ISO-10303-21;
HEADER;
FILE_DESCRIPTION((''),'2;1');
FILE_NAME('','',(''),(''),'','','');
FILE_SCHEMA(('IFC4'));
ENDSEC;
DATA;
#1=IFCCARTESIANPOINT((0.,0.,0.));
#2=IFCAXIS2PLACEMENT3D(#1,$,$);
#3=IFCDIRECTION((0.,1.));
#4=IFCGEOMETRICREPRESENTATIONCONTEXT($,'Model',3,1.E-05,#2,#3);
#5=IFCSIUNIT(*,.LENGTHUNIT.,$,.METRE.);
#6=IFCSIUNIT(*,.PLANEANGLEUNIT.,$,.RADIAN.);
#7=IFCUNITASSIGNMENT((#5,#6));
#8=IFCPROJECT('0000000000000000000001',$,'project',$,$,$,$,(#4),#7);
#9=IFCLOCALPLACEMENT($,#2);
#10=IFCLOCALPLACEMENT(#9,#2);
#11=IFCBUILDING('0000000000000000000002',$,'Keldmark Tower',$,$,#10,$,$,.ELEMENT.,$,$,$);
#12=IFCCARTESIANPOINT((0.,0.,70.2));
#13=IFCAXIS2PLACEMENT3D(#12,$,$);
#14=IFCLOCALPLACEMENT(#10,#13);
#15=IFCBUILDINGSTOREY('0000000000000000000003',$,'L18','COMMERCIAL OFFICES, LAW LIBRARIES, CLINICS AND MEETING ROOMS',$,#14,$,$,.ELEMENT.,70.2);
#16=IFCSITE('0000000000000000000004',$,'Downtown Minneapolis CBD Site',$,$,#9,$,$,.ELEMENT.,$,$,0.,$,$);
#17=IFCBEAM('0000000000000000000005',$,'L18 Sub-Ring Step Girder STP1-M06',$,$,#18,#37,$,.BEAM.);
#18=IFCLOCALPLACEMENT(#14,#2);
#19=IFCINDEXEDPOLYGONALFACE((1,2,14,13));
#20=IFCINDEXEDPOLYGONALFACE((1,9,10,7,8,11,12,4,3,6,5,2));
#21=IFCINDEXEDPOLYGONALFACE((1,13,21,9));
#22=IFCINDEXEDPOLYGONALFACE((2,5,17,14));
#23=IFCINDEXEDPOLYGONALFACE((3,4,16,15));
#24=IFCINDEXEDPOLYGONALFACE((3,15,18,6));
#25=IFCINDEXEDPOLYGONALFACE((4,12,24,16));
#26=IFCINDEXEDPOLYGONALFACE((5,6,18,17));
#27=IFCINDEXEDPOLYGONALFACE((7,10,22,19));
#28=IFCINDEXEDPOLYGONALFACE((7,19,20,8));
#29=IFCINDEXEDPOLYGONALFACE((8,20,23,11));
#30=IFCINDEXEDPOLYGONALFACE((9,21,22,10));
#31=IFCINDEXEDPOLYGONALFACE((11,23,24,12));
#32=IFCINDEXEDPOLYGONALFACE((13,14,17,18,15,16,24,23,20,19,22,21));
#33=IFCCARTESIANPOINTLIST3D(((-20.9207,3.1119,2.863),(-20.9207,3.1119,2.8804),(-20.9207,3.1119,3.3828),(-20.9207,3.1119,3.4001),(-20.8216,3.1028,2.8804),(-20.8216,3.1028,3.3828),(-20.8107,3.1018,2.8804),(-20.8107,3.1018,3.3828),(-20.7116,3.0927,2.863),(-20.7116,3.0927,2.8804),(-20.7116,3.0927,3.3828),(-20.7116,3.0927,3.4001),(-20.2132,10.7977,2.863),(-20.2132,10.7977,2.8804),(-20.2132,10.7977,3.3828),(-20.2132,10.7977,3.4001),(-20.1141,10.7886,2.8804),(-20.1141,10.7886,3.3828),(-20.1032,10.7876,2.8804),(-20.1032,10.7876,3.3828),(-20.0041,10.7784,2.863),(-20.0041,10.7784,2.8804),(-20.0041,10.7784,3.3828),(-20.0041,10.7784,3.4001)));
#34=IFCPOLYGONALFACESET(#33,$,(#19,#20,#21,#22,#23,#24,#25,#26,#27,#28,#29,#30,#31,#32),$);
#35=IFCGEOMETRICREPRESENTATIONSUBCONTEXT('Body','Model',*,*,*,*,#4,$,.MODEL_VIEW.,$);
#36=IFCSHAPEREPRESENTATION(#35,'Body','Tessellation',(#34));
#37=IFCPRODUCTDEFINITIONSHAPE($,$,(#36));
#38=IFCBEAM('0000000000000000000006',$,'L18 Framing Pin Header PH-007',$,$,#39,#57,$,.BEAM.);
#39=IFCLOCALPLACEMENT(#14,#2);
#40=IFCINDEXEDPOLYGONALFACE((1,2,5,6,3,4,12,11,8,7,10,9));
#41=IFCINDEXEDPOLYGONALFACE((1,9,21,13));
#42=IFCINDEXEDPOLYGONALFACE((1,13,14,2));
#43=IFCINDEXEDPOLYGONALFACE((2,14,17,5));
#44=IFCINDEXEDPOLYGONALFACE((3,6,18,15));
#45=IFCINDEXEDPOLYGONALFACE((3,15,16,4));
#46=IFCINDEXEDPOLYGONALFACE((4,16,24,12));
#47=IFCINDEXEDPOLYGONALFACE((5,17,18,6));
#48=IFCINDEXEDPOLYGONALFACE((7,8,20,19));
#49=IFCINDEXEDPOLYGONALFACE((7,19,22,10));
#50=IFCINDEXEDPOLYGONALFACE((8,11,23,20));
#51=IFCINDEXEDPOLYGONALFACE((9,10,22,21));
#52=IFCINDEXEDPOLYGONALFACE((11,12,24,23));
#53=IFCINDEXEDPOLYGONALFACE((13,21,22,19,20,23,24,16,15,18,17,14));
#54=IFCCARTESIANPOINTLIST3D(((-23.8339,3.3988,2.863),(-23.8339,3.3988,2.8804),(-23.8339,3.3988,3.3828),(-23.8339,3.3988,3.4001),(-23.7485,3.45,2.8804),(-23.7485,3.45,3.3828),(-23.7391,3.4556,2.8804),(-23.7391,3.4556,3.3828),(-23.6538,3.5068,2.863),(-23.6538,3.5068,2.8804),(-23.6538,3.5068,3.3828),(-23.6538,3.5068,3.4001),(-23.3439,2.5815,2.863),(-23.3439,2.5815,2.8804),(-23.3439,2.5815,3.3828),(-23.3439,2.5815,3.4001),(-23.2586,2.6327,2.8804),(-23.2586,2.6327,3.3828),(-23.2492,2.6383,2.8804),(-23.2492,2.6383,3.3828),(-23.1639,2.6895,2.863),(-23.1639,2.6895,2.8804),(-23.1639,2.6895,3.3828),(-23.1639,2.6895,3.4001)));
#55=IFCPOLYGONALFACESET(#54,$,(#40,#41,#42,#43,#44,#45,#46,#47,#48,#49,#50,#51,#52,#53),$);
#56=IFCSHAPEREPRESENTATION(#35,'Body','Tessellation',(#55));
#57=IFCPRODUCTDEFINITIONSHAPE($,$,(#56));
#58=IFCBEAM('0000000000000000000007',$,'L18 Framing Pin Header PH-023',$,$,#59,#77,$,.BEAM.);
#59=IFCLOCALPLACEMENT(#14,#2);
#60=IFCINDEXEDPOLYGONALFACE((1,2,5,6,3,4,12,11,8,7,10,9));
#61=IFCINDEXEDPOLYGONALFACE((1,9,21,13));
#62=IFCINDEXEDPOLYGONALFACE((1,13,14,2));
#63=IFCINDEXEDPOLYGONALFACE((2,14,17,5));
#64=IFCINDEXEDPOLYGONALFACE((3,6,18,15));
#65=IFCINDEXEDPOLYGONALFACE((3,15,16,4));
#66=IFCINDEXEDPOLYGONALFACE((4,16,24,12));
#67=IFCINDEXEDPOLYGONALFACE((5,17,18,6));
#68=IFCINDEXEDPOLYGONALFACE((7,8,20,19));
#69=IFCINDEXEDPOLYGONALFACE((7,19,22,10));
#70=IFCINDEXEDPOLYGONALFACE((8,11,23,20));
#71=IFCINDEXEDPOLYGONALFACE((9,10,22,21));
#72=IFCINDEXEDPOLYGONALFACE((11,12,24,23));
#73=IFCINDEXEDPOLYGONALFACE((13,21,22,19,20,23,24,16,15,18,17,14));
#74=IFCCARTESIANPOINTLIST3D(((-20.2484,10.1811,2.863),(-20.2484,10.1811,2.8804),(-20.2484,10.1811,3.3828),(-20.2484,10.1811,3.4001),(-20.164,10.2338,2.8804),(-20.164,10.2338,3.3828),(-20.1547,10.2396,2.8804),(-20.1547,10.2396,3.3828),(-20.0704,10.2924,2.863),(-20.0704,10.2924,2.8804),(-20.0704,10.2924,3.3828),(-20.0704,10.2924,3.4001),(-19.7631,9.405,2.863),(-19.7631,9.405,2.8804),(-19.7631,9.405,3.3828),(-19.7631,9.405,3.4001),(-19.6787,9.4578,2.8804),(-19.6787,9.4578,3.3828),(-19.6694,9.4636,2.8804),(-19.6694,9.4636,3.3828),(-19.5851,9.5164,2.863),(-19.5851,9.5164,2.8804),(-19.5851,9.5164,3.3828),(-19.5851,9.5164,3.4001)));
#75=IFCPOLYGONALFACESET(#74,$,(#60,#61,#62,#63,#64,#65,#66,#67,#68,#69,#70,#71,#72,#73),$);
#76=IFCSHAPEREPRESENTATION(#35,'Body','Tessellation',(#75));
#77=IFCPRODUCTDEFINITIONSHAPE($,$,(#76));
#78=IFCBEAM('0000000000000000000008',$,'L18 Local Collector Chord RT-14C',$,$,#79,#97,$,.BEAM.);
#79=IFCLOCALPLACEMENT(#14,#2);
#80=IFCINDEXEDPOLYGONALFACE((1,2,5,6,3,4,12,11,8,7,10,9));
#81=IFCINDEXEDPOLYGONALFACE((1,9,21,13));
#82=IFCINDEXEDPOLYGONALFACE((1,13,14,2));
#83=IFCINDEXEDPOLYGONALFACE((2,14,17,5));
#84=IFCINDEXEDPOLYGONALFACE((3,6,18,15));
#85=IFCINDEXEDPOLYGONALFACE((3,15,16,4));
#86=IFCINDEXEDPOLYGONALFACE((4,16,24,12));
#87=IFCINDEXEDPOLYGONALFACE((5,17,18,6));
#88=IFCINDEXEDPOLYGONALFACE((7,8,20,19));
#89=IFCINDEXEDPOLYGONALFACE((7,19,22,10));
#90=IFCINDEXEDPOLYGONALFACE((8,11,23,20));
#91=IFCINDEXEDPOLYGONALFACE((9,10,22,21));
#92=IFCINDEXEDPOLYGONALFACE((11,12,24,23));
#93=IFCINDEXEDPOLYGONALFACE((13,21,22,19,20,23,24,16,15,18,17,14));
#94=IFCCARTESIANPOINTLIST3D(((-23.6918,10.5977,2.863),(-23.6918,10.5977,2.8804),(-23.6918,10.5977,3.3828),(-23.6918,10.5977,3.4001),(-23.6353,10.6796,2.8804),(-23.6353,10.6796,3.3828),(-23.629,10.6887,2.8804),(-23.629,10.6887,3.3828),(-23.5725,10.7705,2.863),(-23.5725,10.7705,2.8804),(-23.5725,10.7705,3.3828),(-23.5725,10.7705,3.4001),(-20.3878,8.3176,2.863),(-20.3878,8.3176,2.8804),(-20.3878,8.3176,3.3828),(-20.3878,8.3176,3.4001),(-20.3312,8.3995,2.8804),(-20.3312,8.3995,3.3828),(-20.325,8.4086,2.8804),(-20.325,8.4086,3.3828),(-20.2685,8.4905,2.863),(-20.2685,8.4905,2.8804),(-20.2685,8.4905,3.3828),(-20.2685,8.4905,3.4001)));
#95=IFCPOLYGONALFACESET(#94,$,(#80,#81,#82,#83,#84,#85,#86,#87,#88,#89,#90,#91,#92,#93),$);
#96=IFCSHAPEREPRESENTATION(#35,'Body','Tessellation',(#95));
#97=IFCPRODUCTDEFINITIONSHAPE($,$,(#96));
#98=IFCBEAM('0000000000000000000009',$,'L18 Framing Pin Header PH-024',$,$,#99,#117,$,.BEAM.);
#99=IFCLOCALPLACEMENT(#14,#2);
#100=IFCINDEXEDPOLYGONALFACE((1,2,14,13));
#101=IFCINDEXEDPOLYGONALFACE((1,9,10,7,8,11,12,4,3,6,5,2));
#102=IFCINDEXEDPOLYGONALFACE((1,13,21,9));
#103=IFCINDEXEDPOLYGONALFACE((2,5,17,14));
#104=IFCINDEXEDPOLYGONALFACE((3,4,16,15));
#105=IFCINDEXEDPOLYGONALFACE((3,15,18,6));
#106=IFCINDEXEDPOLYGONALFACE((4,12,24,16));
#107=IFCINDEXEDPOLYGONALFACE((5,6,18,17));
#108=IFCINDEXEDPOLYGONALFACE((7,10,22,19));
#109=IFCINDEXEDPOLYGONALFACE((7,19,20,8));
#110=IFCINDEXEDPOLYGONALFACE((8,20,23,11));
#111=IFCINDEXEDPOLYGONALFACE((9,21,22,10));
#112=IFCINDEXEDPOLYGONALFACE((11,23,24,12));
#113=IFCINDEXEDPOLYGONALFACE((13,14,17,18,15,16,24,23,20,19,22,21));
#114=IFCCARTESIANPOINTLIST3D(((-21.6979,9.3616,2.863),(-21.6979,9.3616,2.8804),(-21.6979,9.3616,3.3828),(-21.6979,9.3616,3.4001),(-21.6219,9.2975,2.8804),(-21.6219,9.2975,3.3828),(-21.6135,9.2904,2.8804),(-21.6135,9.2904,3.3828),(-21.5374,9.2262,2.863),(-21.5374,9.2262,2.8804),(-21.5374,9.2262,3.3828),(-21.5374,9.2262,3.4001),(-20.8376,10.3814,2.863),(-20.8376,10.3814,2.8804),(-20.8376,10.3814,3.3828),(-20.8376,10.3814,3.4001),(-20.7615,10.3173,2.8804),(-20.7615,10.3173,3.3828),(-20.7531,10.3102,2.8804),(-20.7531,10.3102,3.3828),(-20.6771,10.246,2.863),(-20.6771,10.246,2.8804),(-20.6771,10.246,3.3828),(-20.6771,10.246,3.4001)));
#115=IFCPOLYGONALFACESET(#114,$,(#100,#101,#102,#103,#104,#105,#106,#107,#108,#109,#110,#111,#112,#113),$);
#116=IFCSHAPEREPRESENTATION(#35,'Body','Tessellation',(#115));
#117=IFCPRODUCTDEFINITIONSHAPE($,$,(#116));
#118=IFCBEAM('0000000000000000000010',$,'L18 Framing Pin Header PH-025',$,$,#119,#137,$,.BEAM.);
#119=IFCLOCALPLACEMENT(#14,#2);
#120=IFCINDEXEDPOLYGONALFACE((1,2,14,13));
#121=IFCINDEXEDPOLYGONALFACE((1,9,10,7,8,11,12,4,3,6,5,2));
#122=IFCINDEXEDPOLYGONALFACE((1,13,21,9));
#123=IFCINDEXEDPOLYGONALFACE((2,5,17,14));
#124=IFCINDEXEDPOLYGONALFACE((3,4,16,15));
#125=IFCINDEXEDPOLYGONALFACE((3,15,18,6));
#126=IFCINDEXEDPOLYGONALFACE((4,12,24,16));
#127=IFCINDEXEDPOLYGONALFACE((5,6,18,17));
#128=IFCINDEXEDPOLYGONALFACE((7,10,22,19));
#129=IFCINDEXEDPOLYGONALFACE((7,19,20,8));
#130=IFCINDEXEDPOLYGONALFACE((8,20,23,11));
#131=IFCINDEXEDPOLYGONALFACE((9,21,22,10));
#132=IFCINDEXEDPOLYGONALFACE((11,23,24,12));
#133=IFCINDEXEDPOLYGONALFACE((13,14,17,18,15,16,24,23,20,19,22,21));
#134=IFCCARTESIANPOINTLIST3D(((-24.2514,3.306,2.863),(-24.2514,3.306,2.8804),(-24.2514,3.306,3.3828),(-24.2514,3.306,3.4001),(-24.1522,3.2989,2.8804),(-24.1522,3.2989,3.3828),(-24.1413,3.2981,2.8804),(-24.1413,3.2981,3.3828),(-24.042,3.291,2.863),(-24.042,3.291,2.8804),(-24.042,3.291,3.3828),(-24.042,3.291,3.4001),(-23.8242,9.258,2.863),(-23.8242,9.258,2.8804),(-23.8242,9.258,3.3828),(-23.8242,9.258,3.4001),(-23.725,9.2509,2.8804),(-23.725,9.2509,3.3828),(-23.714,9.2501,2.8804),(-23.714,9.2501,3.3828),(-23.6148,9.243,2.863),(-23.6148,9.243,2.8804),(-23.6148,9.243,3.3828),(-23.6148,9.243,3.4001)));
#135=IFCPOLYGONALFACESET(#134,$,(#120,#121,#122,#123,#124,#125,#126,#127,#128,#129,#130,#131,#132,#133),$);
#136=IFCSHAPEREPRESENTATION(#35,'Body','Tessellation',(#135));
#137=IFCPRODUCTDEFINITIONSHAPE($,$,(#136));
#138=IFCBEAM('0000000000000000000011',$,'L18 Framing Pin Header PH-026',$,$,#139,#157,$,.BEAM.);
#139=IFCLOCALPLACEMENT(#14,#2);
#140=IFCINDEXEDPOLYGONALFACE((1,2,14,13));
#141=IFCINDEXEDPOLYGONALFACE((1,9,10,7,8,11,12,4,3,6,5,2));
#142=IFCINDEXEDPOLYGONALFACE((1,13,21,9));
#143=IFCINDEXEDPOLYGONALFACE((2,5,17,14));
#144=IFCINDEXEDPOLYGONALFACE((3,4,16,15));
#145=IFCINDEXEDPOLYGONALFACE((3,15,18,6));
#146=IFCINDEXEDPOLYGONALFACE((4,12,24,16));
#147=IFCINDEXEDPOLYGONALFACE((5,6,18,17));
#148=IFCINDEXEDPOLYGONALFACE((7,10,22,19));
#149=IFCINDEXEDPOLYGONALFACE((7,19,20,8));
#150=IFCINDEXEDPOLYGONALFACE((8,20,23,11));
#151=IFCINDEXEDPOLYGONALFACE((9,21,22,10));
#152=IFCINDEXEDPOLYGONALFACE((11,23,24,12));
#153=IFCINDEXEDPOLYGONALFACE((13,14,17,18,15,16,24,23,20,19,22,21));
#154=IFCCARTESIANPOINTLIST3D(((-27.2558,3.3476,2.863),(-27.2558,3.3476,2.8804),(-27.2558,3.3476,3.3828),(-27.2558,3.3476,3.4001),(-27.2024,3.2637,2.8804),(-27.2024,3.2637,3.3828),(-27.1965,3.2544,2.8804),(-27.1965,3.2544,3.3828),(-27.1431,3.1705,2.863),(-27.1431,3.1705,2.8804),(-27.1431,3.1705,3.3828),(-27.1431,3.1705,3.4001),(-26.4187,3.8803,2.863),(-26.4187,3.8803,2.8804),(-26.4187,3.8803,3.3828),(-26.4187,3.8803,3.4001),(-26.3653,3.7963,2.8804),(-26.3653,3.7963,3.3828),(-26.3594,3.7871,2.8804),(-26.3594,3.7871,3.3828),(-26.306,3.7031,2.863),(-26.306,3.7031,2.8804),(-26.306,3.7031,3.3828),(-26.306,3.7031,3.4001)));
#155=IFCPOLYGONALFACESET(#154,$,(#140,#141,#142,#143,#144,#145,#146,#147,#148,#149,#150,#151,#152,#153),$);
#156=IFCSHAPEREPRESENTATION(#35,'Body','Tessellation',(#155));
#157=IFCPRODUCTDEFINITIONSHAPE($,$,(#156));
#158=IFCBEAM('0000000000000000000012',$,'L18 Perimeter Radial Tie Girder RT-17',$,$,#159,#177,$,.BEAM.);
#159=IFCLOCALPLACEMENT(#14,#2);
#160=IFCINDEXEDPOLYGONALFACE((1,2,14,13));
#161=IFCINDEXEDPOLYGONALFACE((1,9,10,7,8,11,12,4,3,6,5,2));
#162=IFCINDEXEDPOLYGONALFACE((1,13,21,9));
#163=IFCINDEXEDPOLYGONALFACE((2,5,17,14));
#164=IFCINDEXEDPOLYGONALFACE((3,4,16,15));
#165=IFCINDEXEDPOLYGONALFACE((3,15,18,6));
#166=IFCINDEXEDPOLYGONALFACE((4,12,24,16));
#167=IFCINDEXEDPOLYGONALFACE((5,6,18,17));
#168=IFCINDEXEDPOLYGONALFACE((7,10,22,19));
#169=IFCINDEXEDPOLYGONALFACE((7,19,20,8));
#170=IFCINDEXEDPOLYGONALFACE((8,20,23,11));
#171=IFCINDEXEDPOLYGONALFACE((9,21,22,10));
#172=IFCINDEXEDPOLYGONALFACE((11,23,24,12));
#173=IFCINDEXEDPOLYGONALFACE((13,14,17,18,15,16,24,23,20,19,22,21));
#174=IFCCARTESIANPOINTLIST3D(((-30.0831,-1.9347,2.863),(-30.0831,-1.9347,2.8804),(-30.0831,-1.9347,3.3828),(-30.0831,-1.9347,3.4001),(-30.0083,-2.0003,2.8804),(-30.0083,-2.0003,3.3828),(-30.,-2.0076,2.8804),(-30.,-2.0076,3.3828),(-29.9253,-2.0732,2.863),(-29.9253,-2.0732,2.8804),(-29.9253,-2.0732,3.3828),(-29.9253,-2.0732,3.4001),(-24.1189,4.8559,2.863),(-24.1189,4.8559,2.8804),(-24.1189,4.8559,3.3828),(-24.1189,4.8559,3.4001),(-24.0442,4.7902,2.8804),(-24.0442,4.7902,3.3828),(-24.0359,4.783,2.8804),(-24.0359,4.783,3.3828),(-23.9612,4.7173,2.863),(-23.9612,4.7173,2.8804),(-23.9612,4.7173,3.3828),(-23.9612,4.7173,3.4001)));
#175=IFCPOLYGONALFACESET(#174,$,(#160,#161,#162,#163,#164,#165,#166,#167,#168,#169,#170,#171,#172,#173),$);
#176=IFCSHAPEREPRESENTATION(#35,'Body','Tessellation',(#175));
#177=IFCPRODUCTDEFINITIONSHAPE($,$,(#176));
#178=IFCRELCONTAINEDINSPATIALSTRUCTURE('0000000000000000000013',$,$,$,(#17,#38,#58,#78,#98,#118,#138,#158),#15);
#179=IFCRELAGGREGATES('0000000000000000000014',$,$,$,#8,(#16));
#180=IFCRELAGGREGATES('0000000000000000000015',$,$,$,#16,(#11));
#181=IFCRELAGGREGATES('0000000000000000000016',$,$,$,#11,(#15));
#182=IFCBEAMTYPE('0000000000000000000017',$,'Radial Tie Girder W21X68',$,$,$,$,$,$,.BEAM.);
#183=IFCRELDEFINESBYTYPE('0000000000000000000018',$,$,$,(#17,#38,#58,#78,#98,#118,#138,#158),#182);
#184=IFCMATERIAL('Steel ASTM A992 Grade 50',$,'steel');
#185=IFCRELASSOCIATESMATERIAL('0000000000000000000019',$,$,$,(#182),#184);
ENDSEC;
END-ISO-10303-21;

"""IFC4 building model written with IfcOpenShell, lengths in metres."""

from ifc_helpers import new_model, si_unit, direction, frame, origin, origin_2d, place, context, subcontext, project, spatial, i_section, extrude, material, material_profile, profile_set, type_object, element, save


model = new_model("IFC4")

# Units and contexts
model_context = context("Model", 3, precision=1e-05, world=origin(), true_north=direction((0.0, 1.0)))
body_context = subcontext(model_context, "Body", "Model", "MODEL_VIEW")
ifc_project = project(units=[si_unit("LENGTHUNIT", "METRE"), si_unit("PLANEANGLEUNIT", "RADIAN")], contexts=[model_context])

# Site, building, storey
site_placement = place(None, origin())
site = spatial("IfcSite", under=ifc_project, at=site_placement, Name="Downtown Minneapolis CBD Site", CompositionType="ELEMENT", RefElevation=0.0)
building_placement = place(site_placement, origin())
building = spatial("IfcBuilding", under=site, at=building_placement, Name="Keldmark Tower", CompositionType="ELEMENT")
storey_placement = place(building_placement, frame((0.0, 0.0, 70.2)))
storey = spatial("IfcBuildingStorey", under=building, at=storey_placement, Name="L18", Description="COMMERCIAL OFFICES, LAW LIBRARIES, CLINICS AND MEETING ROOMS", CompositionType="ELEMENT", Elevation=70.2)

# Beams
ifc_material_1 = material(Name="Steel ASTM A992 Grade 50", Category="steel")
ifc_material_profile_1 = material_profile(ifc_material_1, i_section(OverallWidth=0.21, OverallDepth=0.5371, WebThickness=0.011, FlangeThickness=0.0173, at=origin_2d()), Name="W21X68")
ifc_profile_set_1 = profile_set([ifc_material_profile_1], Name="Steel ASTM A992 Grade 50")
beam_type_1 = type_object("IfcBeamType", Name="Radial Tie Girder W21X68", PredefinedType="BEAM", material=ifc_profile_set_1)
beam_1_placement = place(storey_placement, frame((-20.8162, 3.1023, 3.1316), z_axis=(0.091668, 0.99579, 0.0), x_axis=(-0.99579, 0.091668, 0.0)))
element("IfcBeam", 1, at=beam_1_placement, inside=storey, type_object=beam_type_1, Name="L18 Sub-Ring Step Girder STP1-M06", PredefinedType="BEAM", context=body_context, shape_type="SweptSolid", body=[
    extrude(i_section(OverallWidth=0.21, OverallDepth=0.5371, WebThickness=0.011, FlangeThickness=0.0173, at=origin_2d()), origin(), (0.0, 0.0, 1.0), 7.7183),
])
beam_2_placement = place(storey_placement, frame((-23.2539, 2.6355, 3.1316), z_axis=(-0.514157, 0.857696, 0.0), x_axis=(-0.857696, -0.514157, 0.0)))
element("IfcBeam", 2, at=beam_2_placement, inside=storey, type_object=beam_type_1, Name="L18 Framing Pin Header PH-007", PredefinedType="BEAM", context=body_context, shape_type="SweptSolid", body=[
    extrude(i_section(OverallWidth=0.21, OverallDepth=0.5371, WebThickness=0.011, FlangeThickness=0.0173, at=origin_2d()), origin(), (0.0, 0.0, 1.0), 0.9529),
])
beam_3_placement = place(storey_placement, frame((-19.6741, 9.4607, 3.1316), z_axis=(-0.530215, 0.847863, 0.0), x_axis=(-0.847863, -0.530215, 0.0)))
element("IfcBeam", 3, at=beam_3_placement, inside=storey, type_object=beam_type_1, Name="L18 Framing Pin Header PH-023", PredefinedType="BEAM", context=body_context, shape_type="SweptSolid", body=[
    extrude(i_section(OverallWidth=0.21, OverallDepth=0.5371, WebThickness=0.011, FlangeThickness=0.0173, at=origin_2d()), origin(), (0.0, 0.0, 1.0), 0.9153),
])
beam_4_placement = place(storey_placement, frame((-20.3281, 8.4041, 3.1316), z_axis=(-0.823045, 0.567976, 0.0), x_axis=(-0.567976, -0.823045, 0.0)))
element("IfcBeam", 4, at=beam_4_placement, inside=storey, type_object=beam_type_1, Name="L18 Local Collector Chord RT-14C", PredefinedType="BEAM", context=body_context, shape_type="SweptSolid", body=[
    extrude(i_section(OverallWidth=0.21, OverallDepth=0.5371, WebThickness=0.011, FlangeThickness=0.0173, at=origin_2d()), origin(), (0.0, 0.0, 1.0), 4.0144),
])
beam_5_placement = place(storey_placement, frame((-20.7573, 10.3137, 3.1316), z_axis=(-0.644834, -0.764322, 0.0), x_axis=(0.764322, -0.644834, 0.0)))
element("IfcBeam", 5, at=beam_5_placement, inside=storey, type_object=beam_type_1, Name="L18 Framing Pin Header PH-024", PredefinedType="BEAM", context=body_context, shape_type="SweptSolid", body=[
    extrude(i_section(OverallWidth=0.21, OverallDepth=0.5371, WebThickness=0.011, FlangeThickness=0.0173, at=origin_2d()), origin(), (0.0, 0.0, 1.0), 1.3342),
])
beam_6_placement = place(storey_placement, frame((-23.7195, 9.2505, 3.1316), z_axis=(-0.071599, -0.997434, 0.0), x_axis=(0.997434, -0.071599, 0.0)))
element("IfcBeam", 6, at=beam_6_placement, inside=storey, type_object=beam_type_1, Name="L18 Framing Pin Header PH-025", PredefinedType="BEAM", context=body_context, shape_type="SweptSolid", body=[
    extrude(i_section(OverallWidth=0.21, OverallDepth=0.5371, WebThickness=0.011, FlangeThickness=0.0173, at=origin_2d()), origin(), (0.0, 0.0, 1.0), 5.9673),
])
beam_7_placement = place(storey_placement, frame((-27.1995, 3.259, 3.1316), z_axis=(0.843672, 0.53686, 0.0), x_axis=(-0.53686, 0.843672, 0.0)))
element("IfcBeam", 7, at=beam_7_placement, inside=storey, type_object=beam_type_1, Name="L18 Framing Pin Header PH-026", PredefinedType="BEAM", context=body_context, shape_type="SweptSolid", body=[
    extrude(i_section(OverallWidth=0.21, OverallDepth=0.5371, WebThickness=0.011, FlangeThickness=0.0173, at=origin_2d()), origin(), (0.0, 0.0, 1.0), 0.9922),
])
beam_8_placement = place(storey_placement, frame((-24.04, 4.7866, 3.1316), z_axis=(-0.659907, -0.751347, 0.0), x_axis=(0.751347, -0.659907, 0.0)))
element("IfcBeam", 8, at=beam_8_placement, inside=storey, type_object=beam_type_1, Name="L18 Perimeter Radial Tie Girder RT-17", PredefinedType="BEAM", context=body_context, shape_type="SweptSolid", body=[
    extrude(i_section(OverallWidth=0.21, OverallDepth=0.5371, WebThickness=0.011, FlangeThickness=0.0173, at=origin_2d()), origin(), (0.0, 0.0, 1.0), 9.0378),
])

save(model, "model.ifc")
